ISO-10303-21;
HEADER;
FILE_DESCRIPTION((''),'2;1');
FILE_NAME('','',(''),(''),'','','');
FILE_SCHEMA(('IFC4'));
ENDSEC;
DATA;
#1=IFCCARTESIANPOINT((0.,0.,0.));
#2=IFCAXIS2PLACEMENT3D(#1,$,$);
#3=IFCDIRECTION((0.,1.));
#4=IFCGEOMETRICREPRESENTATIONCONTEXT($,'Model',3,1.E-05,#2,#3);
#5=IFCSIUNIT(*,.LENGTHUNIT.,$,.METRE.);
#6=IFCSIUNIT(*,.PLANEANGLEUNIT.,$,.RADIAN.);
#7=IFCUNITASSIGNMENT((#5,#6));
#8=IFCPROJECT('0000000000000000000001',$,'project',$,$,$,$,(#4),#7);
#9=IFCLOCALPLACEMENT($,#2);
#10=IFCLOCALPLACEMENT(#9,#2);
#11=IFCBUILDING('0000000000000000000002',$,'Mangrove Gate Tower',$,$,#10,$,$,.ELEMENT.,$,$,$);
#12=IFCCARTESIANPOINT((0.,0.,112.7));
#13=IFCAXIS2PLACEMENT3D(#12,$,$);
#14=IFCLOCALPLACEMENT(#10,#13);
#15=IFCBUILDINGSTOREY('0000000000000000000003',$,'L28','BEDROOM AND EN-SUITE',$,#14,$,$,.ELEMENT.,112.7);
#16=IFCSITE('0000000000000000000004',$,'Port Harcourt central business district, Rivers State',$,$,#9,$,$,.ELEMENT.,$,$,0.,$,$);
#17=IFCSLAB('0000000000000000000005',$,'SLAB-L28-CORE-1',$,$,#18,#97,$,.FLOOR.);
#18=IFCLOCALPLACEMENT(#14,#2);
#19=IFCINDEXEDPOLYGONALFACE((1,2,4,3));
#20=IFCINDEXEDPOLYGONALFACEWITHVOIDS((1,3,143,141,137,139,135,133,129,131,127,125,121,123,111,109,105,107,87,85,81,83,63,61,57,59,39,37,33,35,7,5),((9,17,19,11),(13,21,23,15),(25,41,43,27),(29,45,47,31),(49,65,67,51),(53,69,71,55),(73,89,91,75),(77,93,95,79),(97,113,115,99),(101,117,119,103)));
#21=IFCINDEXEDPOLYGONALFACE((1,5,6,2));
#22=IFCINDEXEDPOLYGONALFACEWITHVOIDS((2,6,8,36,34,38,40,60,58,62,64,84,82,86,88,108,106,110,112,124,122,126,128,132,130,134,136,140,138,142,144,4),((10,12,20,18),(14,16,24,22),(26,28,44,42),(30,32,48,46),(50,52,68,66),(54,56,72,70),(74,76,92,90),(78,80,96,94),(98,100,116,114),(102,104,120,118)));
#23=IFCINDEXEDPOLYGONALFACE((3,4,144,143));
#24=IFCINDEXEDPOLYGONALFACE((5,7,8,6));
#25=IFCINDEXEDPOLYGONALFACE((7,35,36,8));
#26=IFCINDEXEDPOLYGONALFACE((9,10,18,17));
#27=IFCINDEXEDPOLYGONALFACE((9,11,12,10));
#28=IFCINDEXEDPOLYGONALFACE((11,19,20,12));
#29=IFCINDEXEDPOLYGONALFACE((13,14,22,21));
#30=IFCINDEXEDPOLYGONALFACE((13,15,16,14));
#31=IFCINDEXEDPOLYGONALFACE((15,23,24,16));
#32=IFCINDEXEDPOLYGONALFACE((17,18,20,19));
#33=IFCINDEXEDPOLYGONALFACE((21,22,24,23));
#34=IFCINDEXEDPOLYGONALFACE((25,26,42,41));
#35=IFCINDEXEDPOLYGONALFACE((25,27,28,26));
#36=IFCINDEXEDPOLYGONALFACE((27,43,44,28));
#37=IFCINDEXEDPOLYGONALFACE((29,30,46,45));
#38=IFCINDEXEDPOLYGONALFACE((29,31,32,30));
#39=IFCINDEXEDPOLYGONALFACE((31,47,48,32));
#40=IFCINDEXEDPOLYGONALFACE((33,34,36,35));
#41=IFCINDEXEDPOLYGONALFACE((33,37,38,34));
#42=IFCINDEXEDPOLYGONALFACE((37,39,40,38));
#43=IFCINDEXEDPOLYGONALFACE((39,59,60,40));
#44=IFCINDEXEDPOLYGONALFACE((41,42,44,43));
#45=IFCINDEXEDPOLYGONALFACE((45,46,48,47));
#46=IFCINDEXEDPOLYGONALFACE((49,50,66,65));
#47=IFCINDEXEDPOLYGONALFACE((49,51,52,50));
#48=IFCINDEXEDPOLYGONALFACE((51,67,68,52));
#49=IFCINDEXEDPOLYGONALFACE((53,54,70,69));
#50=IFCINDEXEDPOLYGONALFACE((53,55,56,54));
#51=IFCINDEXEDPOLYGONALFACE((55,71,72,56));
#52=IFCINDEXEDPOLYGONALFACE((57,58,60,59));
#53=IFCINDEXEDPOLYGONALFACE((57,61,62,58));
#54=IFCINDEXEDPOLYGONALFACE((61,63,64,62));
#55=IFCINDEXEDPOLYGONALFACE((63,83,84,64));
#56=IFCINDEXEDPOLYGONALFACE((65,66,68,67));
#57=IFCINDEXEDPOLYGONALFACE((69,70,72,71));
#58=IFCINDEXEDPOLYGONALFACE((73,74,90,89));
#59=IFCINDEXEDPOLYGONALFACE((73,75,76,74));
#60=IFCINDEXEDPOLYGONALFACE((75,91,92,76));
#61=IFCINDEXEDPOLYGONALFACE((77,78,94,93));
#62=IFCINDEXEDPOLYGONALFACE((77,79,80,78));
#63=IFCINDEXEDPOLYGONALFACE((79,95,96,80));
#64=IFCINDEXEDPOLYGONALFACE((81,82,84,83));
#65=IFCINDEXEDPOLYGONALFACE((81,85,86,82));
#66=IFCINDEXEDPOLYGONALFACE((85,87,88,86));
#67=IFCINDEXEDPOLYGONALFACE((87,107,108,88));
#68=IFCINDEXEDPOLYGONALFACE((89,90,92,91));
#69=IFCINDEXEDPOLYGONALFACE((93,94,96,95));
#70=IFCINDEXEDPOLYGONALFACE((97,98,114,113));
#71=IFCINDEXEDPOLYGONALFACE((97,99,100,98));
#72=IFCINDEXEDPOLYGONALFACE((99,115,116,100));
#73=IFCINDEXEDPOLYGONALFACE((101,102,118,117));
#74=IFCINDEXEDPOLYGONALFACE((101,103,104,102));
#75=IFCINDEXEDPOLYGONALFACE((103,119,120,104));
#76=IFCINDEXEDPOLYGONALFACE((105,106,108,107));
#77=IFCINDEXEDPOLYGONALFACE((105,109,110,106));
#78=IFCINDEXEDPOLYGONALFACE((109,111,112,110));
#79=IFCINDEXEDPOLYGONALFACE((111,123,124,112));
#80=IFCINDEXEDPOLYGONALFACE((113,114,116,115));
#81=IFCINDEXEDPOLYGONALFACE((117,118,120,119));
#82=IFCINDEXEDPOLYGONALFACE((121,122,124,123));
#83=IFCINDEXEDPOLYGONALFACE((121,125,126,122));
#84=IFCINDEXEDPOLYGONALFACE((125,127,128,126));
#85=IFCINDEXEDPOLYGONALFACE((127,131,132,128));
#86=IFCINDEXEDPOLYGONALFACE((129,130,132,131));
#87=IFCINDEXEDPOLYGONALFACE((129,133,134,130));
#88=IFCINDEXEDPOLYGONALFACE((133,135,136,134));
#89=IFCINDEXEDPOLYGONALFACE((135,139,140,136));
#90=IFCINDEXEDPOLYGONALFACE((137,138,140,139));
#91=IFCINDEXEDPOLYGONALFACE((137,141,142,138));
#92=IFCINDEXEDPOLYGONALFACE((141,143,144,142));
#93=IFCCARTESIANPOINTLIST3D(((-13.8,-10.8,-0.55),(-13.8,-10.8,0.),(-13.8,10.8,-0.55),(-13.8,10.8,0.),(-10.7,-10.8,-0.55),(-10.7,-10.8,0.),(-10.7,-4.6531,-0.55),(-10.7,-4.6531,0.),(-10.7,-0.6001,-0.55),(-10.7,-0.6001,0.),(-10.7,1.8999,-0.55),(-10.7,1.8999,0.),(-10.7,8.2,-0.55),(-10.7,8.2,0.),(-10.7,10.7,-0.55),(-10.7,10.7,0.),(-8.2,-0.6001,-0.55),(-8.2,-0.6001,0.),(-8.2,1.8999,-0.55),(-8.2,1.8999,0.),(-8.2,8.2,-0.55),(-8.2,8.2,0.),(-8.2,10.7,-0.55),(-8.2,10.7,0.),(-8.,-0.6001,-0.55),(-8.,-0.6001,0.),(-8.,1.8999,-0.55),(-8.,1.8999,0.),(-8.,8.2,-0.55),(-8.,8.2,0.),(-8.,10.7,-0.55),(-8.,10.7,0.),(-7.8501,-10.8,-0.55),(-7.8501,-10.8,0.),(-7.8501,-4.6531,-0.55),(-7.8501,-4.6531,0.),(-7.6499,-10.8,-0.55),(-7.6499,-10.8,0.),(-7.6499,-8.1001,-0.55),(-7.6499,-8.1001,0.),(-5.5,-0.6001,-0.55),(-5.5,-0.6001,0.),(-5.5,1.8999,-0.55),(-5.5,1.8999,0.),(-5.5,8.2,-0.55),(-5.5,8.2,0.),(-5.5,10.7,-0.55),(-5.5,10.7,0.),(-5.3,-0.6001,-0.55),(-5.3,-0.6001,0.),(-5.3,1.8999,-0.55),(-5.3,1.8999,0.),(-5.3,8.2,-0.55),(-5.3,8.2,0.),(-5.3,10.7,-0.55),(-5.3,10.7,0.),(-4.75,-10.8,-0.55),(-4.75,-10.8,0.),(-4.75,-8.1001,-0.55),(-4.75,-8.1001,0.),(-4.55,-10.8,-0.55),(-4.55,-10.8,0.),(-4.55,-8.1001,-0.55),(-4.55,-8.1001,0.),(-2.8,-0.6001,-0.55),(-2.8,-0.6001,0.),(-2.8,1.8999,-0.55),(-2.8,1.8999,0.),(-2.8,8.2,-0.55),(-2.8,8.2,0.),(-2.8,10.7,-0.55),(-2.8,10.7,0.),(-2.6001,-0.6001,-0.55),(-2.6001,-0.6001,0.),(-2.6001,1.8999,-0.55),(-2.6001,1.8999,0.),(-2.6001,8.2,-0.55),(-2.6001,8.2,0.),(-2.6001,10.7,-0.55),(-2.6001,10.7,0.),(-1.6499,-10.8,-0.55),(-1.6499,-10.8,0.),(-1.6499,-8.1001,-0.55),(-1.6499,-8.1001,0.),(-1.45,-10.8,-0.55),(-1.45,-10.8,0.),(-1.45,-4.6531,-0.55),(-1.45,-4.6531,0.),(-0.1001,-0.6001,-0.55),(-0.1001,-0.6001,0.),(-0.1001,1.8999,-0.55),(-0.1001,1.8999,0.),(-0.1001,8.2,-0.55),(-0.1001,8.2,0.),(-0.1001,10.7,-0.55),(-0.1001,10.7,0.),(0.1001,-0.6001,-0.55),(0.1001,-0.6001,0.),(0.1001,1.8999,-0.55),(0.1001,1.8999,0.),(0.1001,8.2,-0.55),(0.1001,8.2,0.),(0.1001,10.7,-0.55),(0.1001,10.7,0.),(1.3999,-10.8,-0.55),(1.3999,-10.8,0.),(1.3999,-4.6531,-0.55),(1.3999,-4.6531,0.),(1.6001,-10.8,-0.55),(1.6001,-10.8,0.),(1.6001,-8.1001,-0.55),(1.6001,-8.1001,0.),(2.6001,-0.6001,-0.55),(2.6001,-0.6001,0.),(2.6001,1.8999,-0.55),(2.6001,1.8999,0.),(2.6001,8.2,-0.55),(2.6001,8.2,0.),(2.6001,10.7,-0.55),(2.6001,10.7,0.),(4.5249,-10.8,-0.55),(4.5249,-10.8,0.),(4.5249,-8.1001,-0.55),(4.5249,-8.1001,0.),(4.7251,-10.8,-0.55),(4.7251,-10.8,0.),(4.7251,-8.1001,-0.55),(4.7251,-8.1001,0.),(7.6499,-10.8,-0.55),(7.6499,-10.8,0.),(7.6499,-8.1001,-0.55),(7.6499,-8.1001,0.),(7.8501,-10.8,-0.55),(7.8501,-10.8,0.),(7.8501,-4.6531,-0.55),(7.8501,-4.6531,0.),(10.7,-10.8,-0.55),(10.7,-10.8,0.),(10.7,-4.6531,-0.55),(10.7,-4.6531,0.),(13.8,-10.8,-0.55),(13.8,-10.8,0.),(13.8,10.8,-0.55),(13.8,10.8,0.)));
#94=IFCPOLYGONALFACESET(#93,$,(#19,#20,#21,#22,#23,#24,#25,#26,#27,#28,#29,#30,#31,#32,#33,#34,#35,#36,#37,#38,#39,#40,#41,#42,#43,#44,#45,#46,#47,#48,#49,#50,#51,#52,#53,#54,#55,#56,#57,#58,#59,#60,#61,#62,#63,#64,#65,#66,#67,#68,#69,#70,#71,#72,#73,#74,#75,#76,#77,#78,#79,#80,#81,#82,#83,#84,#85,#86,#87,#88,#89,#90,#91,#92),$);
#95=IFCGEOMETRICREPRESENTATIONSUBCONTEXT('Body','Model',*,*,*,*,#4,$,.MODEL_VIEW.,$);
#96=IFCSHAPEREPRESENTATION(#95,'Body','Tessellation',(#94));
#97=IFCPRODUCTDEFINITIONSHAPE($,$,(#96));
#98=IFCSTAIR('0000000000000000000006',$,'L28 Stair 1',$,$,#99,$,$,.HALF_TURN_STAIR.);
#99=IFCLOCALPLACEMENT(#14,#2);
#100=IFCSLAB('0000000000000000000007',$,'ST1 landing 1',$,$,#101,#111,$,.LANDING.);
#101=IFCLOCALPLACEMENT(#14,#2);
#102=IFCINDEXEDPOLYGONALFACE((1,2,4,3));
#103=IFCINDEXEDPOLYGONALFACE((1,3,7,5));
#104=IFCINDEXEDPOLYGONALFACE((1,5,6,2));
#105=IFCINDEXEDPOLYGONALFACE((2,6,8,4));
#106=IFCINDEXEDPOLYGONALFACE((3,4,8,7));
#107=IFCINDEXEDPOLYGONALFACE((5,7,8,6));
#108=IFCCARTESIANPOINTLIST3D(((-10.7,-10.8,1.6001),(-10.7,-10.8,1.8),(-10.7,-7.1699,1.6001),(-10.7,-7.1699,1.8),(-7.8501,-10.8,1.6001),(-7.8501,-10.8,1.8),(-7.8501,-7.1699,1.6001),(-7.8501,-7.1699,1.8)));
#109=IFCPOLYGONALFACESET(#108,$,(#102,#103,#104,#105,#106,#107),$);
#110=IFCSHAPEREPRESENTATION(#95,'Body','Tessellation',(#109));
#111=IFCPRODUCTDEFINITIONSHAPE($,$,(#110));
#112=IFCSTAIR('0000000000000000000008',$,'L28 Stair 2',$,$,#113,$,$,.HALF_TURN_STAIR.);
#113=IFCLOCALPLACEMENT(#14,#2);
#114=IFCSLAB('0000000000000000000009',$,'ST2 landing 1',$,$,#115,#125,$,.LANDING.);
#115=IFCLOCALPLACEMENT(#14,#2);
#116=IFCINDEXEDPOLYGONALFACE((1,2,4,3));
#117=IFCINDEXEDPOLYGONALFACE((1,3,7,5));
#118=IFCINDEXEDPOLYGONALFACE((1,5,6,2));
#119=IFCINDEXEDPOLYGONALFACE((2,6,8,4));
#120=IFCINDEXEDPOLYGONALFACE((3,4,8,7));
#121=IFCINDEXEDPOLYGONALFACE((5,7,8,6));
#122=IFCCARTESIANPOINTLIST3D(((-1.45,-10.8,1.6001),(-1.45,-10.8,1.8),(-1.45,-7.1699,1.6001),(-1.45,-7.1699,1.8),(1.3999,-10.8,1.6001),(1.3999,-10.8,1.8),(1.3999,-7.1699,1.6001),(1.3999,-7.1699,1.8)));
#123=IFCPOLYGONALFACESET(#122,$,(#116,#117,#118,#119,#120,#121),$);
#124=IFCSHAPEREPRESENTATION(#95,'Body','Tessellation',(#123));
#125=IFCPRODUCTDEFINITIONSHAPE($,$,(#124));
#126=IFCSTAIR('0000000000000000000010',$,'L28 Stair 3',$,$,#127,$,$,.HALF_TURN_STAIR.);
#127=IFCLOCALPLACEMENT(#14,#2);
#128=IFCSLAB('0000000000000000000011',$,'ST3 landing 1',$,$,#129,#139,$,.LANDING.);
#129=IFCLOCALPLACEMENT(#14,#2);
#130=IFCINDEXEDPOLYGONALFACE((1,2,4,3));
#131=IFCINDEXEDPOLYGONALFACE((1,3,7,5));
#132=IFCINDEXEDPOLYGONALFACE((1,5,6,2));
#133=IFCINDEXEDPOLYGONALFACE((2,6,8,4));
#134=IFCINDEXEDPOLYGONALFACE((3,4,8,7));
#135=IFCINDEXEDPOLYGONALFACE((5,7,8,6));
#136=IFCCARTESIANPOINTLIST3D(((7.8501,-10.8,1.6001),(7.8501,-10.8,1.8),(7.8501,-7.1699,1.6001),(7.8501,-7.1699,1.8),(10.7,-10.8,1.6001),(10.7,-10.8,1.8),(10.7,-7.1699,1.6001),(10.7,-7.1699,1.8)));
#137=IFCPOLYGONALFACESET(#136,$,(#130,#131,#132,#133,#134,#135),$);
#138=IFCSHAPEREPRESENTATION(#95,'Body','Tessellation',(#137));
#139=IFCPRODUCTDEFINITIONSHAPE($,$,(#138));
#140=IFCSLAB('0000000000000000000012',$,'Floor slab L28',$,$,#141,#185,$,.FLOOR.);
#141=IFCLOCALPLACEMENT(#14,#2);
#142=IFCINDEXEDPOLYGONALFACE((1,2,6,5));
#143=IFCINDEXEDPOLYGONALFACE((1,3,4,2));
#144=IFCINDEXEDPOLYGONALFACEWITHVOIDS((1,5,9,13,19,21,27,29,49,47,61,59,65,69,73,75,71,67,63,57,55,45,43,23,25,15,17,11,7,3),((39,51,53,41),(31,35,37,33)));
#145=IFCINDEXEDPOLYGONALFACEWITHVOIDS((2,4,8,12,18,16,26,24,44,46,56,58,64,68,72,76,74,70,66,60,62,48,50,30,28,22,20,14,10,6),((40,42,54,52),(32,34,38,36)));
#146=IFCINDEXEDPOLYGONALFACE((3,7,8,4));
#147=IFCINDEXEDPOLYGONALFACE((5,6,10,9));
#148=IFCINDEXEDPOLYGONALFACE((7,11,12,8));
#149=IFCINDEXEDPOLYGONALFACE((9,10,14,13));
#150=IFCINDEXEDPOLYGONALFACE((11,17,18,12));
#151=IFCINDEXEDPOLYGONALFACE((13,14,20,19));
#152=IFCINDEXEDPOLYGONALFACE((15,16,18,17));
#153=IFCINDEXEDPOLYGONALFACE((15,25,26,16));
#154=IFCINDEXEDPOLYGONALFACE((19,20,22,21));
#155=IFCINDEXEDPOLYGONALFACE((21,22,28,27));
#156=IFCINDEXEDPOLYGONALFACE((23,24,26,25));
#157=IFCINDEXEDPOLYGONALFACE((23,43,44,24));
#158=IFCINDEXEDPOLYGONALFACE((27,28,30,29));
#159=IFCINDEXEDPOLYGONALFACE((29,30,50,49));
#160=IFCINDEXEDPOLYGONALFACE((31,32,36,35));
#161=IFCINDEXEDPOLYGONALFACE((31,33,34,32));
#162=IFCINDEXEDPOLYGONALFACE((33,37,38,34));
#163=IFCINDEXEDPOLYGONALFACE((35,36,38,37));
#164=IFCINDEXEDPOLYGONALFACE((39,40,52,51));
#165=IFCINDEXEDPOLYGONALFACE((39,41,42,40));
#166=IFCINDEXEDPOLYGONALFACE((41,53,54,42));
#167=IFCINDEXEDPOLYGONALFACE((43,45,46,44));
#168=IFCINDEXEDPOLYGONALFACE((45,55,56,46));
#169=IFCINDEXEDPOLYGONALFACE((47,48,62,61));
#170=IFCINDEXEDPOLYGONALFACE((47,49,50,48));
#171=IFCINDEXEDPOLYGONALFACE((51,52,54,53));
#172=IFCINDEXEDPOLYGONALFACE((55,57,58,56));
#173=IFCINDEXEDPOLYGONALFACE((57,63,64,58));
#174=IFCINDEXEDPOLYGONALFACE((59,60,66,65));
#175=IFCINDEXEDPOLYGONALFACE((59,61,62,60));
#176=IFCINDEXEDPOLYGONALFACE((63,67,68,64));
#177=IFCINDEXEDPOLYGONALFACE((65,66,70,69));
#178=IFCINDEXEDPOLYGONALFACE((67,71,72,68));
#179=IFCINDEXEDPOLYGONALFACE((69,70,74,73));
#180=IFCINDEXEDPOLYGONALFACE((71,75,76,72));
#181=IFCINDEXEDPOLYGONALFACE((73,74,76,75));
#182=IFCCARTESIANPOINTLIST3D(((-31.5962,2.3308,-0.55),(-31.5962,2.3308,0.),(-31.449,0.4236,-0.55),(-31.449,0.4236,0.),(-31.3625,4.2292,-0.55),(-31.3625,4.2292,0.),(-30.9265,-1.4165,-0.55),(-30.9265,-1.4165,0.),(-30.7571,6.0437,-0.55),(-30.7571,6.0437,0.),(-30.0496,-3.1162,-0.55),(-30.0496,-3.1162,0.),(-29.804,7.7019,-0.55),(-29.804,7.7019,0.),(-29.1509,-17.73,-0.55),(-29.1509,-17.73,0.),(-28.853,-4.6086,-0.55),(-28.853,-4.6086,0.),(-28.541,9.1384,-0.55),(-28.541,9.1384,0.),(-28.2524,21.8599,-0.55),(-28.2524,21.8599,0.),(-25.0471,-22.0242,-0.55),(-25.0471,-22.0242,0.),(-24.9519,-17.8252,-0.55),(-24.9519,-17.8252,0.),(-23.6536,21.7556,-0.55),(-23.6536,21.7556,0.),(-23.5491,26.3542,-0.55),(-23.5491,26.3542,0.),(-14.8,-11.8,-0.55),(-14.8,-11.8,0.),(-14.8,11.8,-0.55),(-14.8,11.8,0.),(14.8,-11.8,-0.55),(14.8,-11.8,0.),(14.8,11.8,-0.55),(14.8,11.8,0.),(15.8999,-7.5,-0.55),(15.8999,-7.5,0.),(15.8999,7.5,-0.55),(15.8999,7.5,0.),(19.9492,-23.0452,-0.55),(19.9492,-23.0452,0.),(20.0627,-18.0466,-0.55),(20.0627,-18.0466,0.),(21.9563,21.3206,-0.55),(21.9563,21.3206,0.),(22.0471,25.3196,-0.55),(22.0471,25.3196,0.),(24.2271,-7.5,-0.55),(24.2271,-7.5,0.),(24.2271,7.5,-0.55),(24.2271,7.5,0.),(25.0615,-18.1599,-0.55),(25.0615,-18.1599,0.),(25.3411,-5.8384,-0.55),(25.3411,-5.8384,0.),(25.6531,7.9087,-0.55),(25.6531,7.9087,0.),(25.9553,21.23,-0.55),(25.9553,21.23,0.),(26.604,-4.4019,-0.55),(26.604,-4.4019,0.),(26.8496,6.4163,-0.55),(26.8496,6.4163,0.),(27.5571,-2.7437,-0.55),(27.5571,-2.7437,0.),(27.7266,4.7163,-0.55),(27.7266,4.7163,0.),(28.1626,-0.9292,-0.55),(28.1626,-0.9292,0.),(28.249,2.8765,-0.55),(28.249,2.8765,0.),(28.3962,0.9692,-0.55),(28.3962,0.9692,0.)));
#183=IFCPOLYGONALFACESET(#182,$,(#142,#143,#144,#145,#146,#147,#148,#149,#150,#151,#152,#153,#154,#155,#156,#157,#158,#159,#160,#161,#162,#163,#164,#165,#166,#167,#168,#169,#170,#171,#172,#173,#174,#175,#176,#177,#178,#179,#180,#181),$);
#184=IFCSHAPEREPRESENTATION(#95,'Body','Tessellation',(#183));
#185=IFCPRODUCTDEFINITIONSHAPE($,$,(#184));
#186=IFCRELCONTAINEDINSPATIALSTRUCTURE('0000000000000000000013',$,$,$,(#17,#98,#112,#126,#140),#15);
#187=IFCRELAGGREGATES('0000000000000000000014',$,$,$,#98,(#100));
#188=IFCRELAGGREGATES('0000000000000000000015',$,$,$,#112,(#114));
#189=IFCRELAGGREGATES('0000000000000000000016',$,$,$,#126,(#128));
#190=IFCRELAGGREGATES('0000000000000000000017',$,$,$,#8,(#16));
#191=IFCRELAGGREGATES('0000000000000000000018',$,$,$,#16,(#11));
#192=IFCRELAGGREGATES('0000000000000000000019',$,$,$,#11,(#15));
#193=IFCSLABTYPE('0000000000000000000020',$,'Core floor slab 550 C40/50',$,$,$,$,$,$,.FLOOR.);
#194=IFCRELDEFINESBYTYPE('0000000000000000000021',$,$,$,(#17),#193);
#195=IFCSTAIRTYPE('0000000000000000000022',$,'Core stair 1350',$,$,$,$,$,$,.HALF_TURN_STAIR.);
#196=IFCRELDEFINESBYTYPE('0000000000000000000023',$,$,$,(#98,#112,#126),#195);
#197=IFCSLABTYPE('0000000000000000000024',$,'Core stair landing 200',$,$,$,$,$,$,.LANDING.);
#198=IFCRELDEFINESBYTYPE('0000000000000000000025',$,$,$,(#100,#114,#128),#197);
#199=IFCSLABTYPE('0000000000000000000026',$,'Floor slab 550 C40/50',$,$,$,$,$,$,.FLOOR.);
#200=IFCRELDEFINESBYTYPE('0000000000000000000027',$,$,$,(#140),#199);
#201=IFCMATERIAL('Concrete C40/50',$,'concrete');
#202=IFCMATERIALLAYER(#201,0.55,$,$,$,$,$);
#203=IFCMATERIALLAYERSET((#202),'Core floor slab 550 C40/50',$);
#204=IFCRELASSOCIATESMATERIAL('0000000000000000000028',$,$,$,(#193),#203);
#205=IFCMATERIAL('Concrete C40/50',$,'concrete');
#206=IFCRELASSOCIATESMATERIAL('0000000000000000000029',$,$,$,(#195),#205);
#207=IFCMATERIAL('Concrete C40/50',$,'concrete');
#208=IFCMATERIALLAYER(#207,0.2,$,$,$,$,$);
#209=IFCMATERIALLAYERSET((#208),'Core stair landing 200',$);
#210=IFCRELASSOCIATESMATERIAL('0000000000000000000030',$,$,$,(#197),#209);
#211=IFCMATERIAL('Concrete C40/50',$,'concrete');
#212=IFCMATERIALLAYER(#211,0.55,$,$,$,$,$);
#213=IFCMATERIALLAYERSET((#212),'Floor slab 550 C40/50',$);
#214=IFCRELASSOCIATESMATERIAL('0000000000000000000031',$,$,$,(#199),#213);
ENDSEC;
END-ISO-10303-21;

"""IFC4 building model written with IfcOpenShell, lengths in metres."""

from ifc_helpers import new_model, si_unit, direction, frame, origin, place, context, subcontext, project, spatial, polyline, outline, extrude, material, layer, layer_set, type_object, element, aggregate, save


model = new_model("IFC4")

# Units and contexts
model_context = context("Model", 3, precision=1e-05, world=origin(), true_north=direction((0.0, 1.0)))
body_context = subcontext(model_context, "Body", "Model", "MODEL_VIEW")
ifc_project = project(units=[si_unit("LENGTHUNIT", "METRE"), si_unit("PLANEANGLEUNIT", "RADIAN")], contexts=[model_context])

# Site, building, storey
site_placement = place(None, origin())
site = spatial("IfcSite", under=ifc_project, at=site_placement, Name="Port Harcourt central business district, Rivers State", CompositionType="ELEMENT", RefElevation=0.0)
building_placement = place(site_placement, origin())
building = spatial("IfcBuilding", under=site, at=building_placement, Name="Mangrove Gate Tower", CompositionType="ELEMENT")
storey_placement = place(building_placement, frame((0.0, 0.0, 112.7)))
storey = spatial("IfcBuildingStorey", under=building, at=storey_placement, Name="L28", Description="BEDROOM AND EN-SUITE", CompositionType="ELEMENT", Elevation=112.7)

# Slab
ifc_material_1 = material(Name="Concrete C40/50", Category="concrete")
ifc_layer_1 = layer(ifc_material_1, 0.55)
ifc_layer_set_1 = layer_set([ifc_layer_1], Name="Core floor slab 550 C40/50")
slab_type_1 = type_object("IfcSlabType", Name="Core floor slab 550 C40/50", PredefinedType="FLOOR", material=ifc_layer_set_1)
slab_1_placement = place(storey_placement, frame((0.0, 0.0, -0.55)))
element("IfcSlab", 1, at=slab_1_placement, inside=storey, type_object=slab_type_1, Name="SLAB-L28-CORE-1", PredefinedType="FLOOR", context=body_context, shape_type="SweptSolid", body=[
    extrude(outline(polyline([(-13.8, -10.8), (-13.8, 10.8), (13.8, 10.8), (13.8, -10.8), (10.7, -10.8), (10.7, -4.6531), (7.8501, -4.6531), (7.8501, -10.8), (7.6499, -10.8), (7.6499, -8.1001), (4.7251, -8.1001), (4.7251, -10.8), (4.5249, -10.8), (4.5249, -8.1001), (1.6001, -8.1001), (1.6001, -10.8), (1.3999, -10.8), (1.3999, -4.6531), (-1.45, -4.6531), (-1.45, -10.8), (-1.6499, -10.8), (-1.6499, -8.1001), (-4.55, -8.1001), (-4.55, -10.8), (-4.75, -10.8), (-4.75, -8.1001), (-7.6499, -8.1001), (-7.6499, -10.8), (-7.8501, -10.8), (-7.8501, -4.6531), (-10.7, -4.6531), (-10.7, -10.8), (-13.8, -10.8)]), holes=[polyline([(-8.2, -0.6001), (-8.2, 1.8999), (-10.7, 1.8999), (-10.7, -0.6001), (-8.2, -0.6001)]), polyline([(-5.5, -0.6001), (-5.5, 1.8999), (-8.0, 1.8999), (-8.0, -0.6001), (-5.5, -0.6001)]), polyline([(-2.8, -0.6001), (-2.8, 1.8999), (-5.3, 1.8999), (-5.3, -0.6001), (-2.8, -0.6001)]), polyline([(-8.2, 8.2), (-8.2, 10.7), (-10.7, 10.7), (-10.7, 8.2), (-8.2, 8.2)]), polyline([(-5.5, 8.2), (-5.5, 10.7), (-8.0, 10.7), (-8.0, 8.2), (-5.5, 8.2)]), polyline([(-2.8, 8.2), (-2.8, 10.7), (-5.3, 10.7), (-5.3, 8.2), (-2.8, 8.2)]), polyline([(-0.1001, -0.6001), (-0.1001, 1.8999), (-2.6001, 1.8999), (-2.6001, -0.6001), (-0.1001, -0.6001)]), polyline([(2.6001, -0.6001), (2.6001, 1.8999), (0.1001, 1.8999), (0.1001, -0.6001), (2.6001, -0.6001)]), polyline([(-2.6001, 8.2), (-0.1001, 8.2), (-0.1001, 10.7), (-2.6001, 10.7), (-2.6001, 8.2)]), polyline([(0.1001, 8.2), (2.6001, 8.2), (2.6001, 10.7), (0.1001, 10.7), (0.1001, 8.2)])]), origin(), (0.0, 0.0, 1.0), 0.55),
])

# Stairs, slabs
ifc_material_2 = material(Name="Concrete C40/50", Category="concrete")
stair_type = type_object("IfcStairType", Name="Core stair 1350", PredefinedType="HALF_TURN_STAIR", material=ifc_material_2)
stair_1_placement = place(storey_placement, origin())
stair_1 = element("IfcStair", 2, at=stair_1_placement, inside=storey, type_object=stair_type, Name="L28 Stair 1", PredefinedType="HALF_TURN_STAIR")
ifc_material_3 = material(Name="Concrete C40/50", Category="concrete")
ifc_layer_2 = layer(ifc_material_3, 0.2)
ifc_layer_set_2 = layer_set([ifc_layer_2], Name="Core stair landing 200")
slab_type_2 = type_object("IfcSlabType", Name="Core stair landing 200", PredefinedType="LANDING", material=ifc_layer_set_2)
slab_2_placement = place(storey_placement, frame((0.0, 0.0, 1.6001)))
slab_2 = element("IfcSlab", 3, at=slab_2_placement, type_object=slab_type_2, Name="ST1 landing 1", PredefinedType="LANDING", context=body_context, shape_type="SweptSolid", body=[
    extrude(outline(polyline([(-10.7, -7.1699), (-10.7, -10.8), (-7.8501, -10.8), (-7.8501, -7.1699), (-10.7, -7.1699)])), origin(), (0.0, 0.0, 1.0), 0.2),
])
aggregate(stair_1, [slab_2])
stair_2_placement = place(storey_placement, origin())
stair_2 = element("IfcStair", 4, at=stair_2_placement, inside=storey, type_object=stair_type, Name="L28 Stair 2", PredefinedType="HALF_TURN_STAIR")
slab_3_placement = place(storey_placement, frame((0.0, 0.0, 1.6001)))
slab_3 = element("IfcSlab", 5, at=slab_3_placement, type_object=slab_type_2, Name="ST2 landing 1", PredefinedType="LANDING", context=body_context, shape_type="SweptSolid", body=[
    extrude(outline(polyline([(-1.45, -7.1699), (-1.45, -10.8), (1.3999, -10.8), (1.3999, -7.1699), (-1.45, -7.1699)])), origin(), (0.0, 0.0, 1.0), 0.2),
])
aggregate(stair_2, [slab_3])
stair_3_placement = place(storey_placement, origin())
stair_3 = element("IfcStair", 6, at=stair_3_placement, inside=storey, type_object=stair_type, Name="L28 Stair 3", PredefinedType="HALF_TURN_STAIR")
slab_4_placement = place(storey_placement, frame((0.0, 0.0, 1.6001)))
slab_4 = element("IfcSlab", 7, at=slab_4_placement, type_object=slab_type_2, Name="ST3 landing 1", PredefinedType="LANDING", context=body_context, shape_type="SweptSolid", body=[
    extrude(outline(polyline([(7.8501, -7.1699), (7.8501, -10.8), (10.7, -10.8), (10.7, -7.1699), (7.8501, -7.1699)])), origin(), (0.0, 0.0, 1.0), 0.2),
])
aggregate(stair_3, [slab_4])

# Slab
ifc_material_4 = material(Name="Concrete C40/50", Category="concrete")
ifc_layer_3 = layer(ifc_material_4, 0.55)
ifc_layer_set_3 = layer_set([ifc_layer_3], Name="Floor slab 550 C40/50")
slab_type_3 = type_object("IfcSlabType", Name="Floor slab 550 C40/50", PredefinedType="FLOOR", material=ifc_layer_set_3)
slab_5_placement = place(storey_placement, frame((0.0, 0.0, -0.55)))
element("IfcSlab", 8, at=slab_5_placement, inside=storey, type_object=slab_type_3, Name="Floor slab L28", PredefinedType="FLOOR", context=body_context, shape_type="SweptSolid", body=[
    extrude(outline(polyline([(-25.0471, -22.0242), (19.9492, -23.0452), (20.0627, -18.0466), (25.0615, -18.1599), (25.3411, -5.8384), (26.604, -4.4019), (27.5571, -2.7437), (28.1626, -0.9292), (28.3962, 0.9692), (28.249, 2.8765), (27.7266, 4.7163), (26.8496, 6.4163), (25.6531, 7.9087), (25.9553, 21.23), (21.9563, 21.3206), (22.0471, 25.3196), (-23.5491, 26.3542), (-23.6536, 21.7556), (-28.2524, 21.8599), (-28.541, 9.1384), (-29.804, 7.7019), (-30.7571, 6.0437), (-31.3625, 4.2292), (-31.5962, 2.3308), (-31.449, 0.4236), (-30.9265, -1.4165), (-30.0496, -3.1162), (-28.853, -4.6086), (-29.1509, -17.73), (-24.9519, -17.8252), (-25.0471, -22.0242)]), holes=[polyline([(15.8999, 7.5), (24.2271, 7.5), (24.2271, -7.5), (15.8999, -7.5), (15.8999, 7.5)]), polyline([(-14.8, -11.8), (-14.8, 11.8), (14.8, 11.8), (14.8, -11.8), (-14.8, -11.8)])]), origin(), (0.0, 0.0, 1.0), 0.55),
])

save(model, "model.ifc")
